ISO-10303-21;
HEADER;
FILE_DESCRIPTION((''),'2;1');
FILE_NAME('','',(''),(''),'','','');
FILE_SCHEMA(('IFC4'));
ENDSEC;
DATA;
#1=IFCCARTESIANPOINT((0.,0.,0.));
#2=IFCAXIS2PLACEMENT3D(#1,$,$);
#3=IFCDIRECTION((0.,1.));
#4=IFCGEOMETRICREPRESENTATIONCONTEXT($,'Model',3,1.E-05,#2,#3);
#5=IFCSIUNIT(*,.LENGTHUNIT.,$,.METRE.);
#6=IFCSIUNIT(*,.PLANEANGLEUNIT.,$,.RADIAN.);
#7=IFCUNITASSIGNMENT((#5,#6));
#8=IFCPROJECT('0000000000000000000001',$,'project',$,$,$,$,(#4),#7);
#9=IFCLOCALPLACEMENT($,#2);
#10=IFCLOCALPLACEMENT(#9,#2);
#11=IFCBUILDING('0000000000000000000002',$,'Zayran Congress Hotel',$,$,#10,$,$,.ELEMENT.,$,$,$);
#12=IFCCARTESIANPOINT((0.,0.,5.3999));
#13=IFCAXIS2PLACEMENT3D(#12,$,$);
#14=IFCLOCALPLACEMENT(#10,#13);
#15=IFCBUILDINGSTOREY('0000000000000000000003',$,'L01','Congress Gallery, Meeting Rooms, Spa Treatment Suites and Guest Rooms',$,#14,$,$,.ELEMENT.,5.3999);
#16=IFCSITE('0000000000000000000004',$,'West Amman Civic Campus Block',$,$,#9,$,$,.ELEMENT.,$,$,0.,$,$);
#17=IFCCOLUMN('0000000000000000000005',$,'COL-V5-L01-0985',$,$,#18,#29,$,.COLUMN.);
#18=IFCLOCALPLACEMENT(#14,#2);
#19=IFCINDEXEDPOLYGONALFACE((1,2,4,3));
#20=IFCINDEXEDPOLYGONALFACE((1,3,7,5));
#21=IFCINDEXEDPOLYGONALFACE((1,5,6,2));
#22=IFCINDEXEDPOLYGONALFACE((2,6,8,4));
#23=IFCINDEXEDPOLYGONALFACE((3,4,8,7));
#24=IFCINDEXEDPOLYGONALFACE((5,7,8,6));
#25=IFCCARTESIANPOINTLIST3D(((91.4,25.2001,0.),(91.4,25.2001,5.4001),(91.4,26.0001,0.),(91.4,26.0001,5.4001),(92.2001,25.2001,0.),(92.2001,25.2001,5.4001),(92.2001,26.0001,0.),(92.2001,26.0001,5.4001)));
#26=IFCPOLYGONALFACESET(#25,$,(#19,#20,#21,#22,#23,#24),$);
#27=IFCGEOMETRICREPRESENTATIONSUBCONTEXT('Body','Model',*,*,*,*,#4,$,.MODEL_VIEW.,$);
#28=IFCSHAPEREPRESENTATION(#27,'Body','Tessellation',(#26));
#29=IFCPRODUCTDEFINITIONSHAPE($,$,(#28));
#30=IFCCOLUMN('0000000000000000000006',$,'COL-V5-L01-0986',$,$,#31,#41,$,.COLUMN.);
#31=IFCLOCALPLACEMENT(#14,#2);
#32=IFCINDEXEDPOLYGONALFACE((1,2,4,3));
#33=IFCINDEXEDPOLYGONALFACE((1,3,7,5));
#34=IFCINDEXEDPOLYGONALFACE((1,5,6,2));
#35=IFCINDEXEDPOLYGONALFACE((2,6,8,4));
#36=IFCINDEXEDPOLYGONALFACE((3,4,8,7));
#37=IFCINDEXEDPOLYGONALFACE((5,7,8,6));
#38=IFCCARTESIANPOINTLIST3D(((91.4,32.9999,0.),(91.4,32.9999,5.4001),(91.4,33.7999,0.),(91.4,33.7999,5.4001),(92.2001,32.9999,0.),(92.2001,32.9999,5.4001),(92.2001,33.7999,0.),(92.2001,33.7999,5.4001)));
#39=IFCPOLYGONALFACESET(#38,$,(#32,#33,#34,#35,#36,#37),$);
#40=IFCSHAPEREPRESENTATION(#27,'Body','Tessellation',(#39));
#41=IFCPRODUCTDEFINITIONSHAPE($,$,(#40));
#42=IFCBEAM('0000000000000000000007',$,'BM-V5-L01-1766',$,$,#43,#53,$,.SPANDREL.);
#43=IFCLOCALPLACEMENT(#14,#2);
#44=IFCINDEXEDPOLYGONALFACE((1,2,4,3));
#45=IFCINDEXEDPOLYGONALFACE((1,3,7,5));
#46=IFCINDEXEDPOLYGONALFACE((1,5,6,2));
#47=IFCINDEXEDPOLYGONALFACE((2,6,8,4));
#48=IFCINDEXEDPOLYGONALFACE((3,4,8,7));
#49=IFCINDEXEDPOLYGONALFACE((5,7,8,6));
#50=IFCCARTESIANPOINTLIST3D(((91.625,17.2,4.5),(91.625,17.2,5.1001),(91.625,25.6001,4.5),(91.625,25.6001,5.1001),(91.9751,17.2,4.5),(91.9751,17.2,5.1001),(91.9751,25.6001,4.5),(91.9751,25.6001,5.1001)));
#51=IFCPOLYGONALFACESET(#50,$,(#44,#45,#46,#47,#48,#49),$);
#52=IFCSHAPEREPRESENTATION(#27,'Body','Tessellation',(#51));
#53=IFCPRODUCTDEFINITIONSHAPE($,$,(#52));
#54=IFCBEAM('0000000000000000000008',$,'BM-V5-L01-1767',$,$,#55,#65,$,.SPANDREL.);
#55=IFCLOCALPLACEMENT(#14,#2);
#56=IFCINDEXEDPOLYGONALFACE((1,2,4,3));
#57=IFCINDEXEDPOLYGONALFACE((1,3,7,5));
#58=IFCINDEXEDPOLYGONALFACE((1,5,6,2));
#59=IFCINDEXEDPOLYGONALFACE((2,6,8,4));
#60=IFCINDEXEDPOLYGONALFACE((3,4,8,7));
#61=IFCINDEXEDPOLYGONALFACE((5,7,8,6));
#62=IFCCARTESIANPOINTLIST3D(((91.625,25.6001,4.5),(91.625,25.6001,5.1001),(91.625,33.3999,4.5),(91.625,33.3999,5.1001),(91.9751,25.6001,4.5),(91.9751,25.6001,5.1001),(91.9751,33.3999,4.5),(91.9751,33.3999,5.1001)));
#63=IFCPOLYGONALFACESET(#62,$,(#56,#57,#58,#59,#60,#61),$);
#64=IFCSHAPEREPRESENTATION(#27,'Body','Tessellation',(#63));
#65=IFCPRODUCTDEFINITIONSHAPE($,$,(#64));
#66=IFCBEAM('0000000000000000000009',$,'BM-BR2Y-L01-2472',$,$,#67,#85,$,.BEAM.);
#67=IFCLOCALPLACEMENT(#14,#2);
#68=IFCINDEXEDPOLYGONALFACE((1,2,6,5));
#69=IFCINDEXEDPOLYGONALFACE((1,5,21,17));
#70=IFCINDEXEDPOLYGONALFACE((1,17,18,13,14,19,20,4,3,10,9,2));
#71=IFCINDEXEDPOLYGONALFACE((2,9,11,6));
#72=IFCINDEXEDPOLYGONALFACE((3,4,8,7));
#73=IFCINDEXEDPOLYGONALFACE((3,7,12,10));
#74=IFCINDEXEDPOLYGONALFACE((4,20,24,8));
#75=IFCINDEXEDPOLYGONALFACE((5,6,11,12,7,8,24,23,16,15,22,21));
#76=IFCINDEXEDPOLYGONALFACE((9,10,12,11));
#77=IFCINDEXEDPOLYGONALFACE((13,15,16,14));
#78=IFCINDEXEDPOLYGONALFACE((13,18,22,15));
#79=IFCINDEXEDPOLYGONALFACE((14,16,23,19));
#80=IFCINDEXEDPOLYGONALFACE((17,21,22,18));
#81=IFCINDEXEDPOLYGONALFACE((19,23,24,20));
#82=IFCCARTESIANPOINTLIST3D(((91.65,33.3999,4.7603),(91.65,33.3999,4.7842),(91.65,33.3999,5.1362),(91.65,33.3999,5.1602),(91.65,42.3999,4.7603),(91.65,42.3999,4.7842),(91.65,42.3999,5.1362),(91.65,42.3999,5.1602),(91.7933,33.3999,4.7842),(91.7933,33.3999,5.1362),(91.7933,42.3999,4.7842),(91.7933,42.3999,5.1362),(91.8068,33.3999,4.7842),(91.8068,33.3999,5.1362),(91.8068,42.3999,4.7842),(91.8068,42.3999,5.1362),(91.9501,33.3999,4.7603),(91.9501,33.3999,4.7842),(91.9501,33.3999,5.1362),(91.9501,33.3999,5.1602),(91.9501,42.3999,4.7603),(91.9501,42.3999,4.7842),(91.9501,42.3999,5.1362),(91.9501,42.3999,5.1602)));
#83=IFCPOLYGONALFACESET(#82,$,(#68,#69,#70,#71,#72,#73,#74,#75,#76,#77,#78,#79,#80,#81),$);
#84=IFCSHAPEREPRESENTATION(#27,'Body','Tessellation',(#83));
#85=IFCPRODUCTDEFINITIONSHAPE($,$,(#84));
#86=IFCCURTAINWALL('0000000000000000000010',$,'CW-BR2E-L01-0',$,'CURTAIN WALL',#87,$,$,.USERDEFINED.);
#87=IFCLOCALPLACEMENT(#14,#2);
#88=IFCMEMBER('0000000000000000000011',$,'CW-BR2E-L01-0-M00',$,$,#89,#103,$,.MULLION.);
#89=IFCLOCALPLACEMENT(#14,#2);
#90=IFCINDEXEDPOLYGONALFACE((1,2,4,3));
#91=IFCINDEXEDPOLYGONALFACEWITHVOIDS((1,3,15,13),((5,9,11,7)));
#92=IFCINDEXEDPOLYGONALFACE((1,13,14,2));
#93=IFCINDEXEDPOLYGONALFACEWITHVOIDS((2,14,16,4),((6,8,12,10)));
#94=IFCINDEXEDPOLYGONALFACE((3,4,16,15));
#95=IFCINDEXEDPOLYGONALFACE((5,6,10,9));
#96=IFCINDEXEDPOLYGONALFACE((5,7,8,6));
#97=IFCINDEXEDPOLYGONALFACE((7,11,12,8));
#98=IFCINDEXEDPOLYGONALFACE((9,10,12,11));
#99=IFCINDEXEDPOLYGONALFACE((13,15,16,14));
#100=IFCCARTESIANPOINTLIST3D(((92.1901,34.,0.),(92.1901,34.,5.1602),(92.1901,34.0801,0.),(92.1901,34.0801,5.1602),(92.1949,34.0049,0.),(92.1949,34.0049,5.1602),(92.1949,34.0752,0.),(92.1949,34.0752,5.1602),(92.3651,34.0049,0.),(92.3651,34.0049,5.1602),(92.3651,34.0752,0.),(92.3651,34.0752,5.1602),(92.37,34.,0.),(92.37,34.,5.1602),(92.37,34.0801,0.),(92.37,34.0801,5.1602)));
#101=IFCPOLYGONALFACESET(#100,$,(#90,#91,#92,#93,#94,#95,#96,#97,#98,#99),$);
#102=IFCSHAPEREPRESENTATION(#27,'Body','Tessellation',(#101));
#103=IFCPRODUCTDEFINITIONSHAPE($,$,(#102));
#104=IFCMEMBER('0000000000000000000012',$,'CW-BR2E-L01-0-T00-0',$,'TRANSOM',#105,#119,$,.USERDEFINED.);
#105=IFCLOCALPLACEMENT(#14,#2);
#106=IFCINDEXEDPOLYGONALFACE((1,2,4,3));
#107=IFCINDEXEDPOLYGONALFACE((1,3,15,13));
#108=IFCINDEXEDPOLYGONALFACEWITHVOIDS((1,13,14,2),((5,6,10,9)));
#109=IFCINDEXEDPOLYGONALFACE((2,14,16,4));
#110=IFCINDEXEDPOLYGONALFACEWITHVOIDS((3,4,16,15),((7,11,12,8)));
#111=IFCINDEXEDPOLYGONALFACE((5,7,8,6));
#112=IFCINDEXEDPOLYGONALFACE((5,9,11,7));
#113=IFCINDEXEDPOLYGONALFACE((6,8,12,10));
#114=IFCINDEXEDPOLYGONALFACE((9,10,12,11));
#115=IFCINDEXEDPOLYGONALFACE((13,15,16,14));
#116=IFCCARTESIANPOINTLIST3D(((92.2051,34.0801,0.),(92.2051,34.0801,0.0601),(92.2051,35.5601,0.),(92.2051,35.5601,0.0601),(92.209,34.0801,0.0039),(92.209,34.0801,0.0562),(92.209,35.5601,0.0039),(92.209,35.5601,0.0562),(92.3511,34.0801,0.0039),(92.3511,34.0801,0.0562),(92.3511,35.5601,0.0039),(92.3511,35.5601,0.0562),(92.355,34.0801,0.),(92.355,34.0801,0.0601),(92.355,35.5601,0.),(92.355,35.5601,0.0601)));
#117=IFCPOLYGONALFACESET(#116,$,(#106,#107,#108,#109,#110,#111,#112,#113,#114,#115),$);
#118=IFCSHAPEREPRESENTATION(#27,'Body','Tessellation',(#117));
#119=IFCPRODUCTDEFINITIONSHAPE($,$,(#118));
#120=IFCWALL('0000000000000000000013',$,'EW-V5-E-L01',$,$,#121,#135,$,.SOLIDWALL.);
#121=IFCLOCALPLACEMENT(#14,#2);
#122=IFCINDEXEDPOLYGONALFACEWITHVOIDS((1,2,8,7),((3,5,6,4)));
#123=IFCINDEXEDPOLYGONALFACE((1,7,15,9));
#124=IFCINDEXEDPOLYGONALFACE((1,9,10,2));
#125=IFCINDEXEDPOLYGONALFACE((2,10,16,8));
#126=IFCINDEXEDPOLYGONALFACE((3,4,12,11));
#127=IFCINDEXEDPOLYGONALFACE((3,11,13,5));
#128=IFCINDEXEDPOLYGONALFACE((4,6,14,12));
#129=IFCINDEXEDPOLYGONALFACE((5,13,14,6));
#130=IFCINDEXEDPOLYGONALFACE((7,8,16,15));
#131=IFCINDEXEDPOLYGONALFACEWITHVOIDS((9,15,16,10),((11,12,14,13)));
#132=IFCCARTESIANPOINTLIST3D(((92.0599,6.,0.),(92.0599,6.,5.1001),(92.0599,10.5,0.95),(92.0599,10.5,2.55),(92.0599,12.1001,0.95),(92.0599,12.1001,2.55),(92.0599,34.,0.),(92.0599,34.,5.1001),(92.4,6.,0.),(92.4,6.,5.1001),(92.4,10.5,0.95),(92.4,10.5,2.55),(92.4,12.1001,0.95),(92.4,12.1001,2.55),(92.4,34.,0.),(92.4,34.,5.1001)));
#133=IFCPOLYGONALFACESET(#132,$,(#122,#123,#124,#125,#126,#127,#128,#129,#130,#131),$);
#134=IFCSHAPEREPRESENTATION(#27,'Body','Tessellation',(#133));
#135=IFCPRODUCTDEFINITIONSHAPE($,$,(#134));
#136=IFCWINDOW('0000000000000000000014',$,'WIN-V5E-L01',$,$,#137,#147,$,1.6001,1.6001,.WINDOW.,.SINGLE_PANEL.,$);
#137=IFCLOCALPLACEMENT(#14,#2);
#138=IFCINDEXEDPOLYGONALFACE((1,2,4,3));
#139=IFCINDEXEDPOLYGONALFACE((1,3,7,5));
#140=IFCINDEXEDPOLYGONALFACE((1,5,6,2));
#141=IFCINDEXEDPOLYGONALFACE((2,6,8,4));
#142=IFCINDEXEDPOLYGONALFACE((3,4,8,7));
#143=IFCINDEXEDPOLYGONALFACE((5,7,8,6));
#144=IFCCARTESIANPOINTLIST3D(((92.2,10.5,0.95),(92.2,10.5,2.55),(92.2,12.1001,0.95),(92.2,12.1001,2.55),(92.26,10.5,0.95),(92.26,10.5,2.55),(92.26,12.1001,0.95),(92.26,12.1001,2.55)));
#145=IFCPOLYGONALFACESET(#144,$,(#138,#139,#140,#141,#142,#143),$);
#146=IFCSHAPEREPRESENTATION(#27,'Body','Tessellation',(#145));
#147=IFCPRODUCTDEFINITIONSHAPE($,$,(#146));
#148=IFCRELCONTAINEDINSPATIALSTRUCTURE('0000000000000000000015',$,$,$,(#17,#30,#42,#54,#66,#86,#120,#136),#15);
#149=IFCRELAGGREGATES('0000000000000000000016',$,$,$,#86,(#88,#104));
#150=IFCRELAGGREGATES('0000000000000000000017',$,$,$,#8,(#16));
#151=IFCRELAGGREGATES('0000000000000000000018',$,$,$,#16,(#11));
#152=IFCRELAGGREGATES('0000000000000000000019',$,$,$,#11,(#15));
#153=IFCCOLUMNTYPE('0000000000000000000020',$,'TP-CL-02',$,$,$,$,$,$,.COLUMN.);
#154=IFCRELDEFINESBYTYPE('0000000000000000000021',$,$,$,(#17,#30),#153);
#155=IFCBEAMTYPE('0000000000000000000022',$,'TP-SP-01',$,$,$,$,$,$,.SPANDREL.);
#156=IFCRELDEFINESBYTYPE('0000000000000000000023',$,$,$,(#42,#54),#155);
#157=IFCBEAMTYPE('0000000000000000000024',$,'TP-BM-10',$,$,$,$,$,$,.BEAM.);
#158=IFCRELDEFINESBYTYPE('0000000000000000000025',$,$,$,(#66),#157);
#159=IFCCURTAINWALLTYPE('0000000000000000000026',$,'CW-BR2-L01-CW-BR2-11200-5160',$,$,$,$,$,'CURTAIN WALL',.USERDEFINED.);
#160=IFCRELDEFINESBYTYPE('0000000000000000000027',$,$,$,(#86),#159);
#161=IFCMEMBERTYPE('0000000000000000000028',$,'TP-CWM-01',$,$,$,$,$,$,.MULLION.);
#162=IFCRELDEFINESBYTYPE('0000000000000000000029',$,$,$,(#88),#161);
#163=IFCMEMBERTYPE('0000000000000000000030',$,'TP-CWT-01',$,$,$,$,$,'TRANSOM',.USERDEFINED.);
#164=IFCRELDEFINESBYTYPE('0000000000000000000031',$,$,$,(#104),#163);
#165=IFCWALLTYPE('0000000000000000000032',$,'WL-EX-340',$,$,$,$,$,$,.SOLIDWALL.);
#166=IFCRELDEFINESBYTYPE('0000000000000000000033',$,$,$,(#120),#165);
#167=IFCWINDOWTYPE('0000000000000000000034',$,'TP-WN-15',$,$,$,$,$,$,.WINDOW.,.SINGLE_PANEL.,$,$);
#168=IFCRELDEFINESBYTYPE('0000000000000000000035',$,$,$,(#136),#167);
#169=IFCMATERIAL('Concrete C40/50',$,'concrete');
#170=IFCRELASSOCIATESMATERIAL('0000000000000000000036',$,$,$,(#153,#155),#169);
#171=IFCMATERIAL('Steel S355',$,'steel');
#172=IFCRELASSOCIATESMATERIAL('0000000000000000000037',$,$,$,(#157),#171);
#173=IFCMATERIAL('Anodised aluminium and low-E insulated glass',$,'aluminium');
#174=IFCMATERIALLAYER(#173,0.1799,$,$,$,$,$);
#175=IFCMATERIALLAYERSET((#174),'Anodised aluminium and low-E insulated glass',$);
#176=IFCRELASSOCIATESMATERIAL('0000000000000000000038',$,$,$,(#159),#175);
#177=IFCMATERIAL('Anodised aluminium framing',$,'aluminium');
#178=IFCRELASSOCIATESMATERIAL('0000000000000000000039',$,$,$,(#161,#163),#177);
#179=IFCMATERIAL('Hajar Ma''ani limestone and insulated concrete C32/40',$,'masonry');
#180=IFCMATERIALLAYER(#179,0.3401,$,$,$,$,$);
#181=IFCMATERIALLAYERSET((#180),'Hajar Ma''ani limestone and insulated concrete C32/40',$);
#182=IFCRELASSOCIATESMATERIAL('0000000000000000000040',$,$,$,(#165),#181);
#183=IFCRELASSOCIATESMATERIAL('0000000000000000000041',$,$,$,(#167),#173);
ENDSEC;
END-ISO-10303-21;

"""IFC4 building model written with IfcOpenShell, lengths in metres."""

from ifc_helpers import new_model, si_unit, direction, frame, frame_2d, origin, origin_2d, place, context, subcontext, project, spatial, rectangle, hollow_rectangle, i_section, extrude, material, layer, layer_set, material_profile, profile_set, type_object, element, fill, aggregate, save


model = new_model("IFC4")

# Units and contexts
model_context = context("Model", 3, precision=1e-05, world=origin(), true_north=direction((0.0, 1.0)))
body_context = subcontext(model_context, "Body", "Model", "MODEL_VIEW")
ifc_project = project(units=[si_unit("LENGTHUNIT", "METRE"), si_unit("PLANEANGLEUNIT", "RADIAN")], contexts=[model_context])

# Site, building, storey
site_placement = place(None, origin())
site = spatial("IfcSite", under=ifc_project, at=site_placement, Name="West Amman Civic Campus Block", CompositionType="ELEMENT", RefElevation=0.0)
building_placement = place(site_placement, origin())
building = spatial("IfcBuilding", under=site, at=building_placement, Name="Zayran Congress Hotel", CompositionType="ELEMENT")
storey_placement = place(building_placement, frame((0.0, 0.0, 5.3999)))
storey = spatial("IfcBuildingStorey", under=building, at=storey_placement, Name="L01", Description="Congress Gallery, Meeting Rooms, Spa Treatment Suites and Guest Rooms", CompositionType="ELEMENT", Elevation=5.3999)

# Columns
ifc_material_1 = material(Name="Concrete C40/50", Category="concrete")
ifc_material_profile_1 = material_profile(ifc_material_1, rectangle(XDim=0.8, YDim=0.8, at=origin_2d()), Name="RC 800x800")
ifc_profile_set_1 = profile_set([ifc_material_profile_1], Name="Concrete C40/50")
column_type = type_object("IfcColumnType", Name="TP-CL-02", PredefinedType="COLUMN", material=ifc_profile_set_1)
for number, where, z_axis, x_axis, name in (
    (1, (91.8, 25.6001, 0.0), (0.0, 0.0, 1.0), (1.0, 0.0, 0.0), "COL-V5-L01-0985"),
    (2, (91.8, 33.3999, 0.0), (0.0, 0.0, 1.0), (1.0, 0.0, 0.0), "COL-V5-L01-0986"),
):
    element("IfcColumn", number, at=place(storey_placement, frame(where, z_axis=z_axis, x_axis=x_axis)), inside=storey, type_object=column_type, Name=name, PredefinedType="COLUMN", context=body_context, shape_type="SweptSolid", body=[
        extrude(rectangle(XDim=0.8, YDim=0.8, at=origin_2d()), origin(), (0.0, 0.0, 1.0), 5.4001),
    ])

# Beams
ifc_material_profile_2 = material_profile(ifc_material_1, rectangle(XDim=0.3501, YDim=0.6001, at=origin_2d()), Name="RC 350x600")
ifc_profile_set_2 = profile_set([ifc_material_profile_2], Name="Concrete C40/50")
beam_type_1 = type_object("IfcBeamType", Name="TP-SP-01", PredefinedType="SPANDREL", material=ifc_profile_set_2)
beam_1_placement = place(storey_placement, frame((91.8, 17.2, 4.8), z_axis=(0.0, 1.0, 0.0), x_axis=(-1.0, 0.0, 0.0)))
element("IfcBeam", 3, at=beam_1_placement, inside=storey, type_object=beam_type_1, Name="BM-V5-L01-1766", PredefinedType="SPANDREL", context=body_context, shape_type="SweptSolid", body=[
    extrude(rectangle(XDim=0.3501, YDim=0.6001, at=origin_2d()), origin(), (0.0, 0.0, 1.0), 8.4001),
])
beam_2_placement = place(storey_placement, frame((91.8, 25.6001, 4.8), z_axis=(0.0, 1.0, 0.0), x_axis=(-1.0, 0.0, 0.0)))
element("IfcBeam", 4, at=beam_2_placement, inside=storey, type_object=beam_type_1, Name="BM-V5-L01-1767", PredefinedType="SPANDREL", context=body_context, shape_type="SweptSolid", body=[
    extrude(rectangle(XDim=0.3501, YDim=0.6001, at=origin_2d()), origin(), (0.0, 0.0, 1.0), 7.7998),
])
ifc_material_2 = material(Name="Steel S355", Category="steel")
ifc_material_profile_3 = material_profile(ifc_material_2, i_section(OverallWidth=0.3, OverallDepth=0.3999, WebThickness=0.0134, FlangeThickness=0.0239, at=origin_2d()), Name="HEB 400")
ifc_profile_set_3 = profile_set([ifc_material_profile_3], Name="Steel S355")
beam_type_2 = type_object("IfcBeamType", Name="TP-BM-10", PredefinedType="BEAM", material=ifc_profile_set_3)
beam_3_placement = place(storey_placement, frame((91.8, 33.3999, 4.9602), z_axis=(0.0, 1.0, 0.0), x_axis=(-1.0, 0.0, 0.0)))
element("IfcBeam", 5, at=beam_3_placement, inside=storey, type_object=beam_type_2, Name="BM-BR2Y-L01-2472", PredefinedType="BEAM", context=body_context, shape_type="SweptSolid", body=[
    extrude(i_section(OverallWidth=0.3, OverallDepth=0.3999, WebThickness=0.0134, FlangeThickness=0.0239, at=origin_2d()), origin(), (0.0, 0.0, 1.0), 9.0),
])

# Curtain wall, members
ifc_material_3 = material(Name="Anodised aluminium and low-E insulated glass", Category="aluminium")
ifc_layer_1 = layer(ifc_material_3, 0.1799)
ifc_layer_set_1 = layer_set([ifc_layer_1], Name="Anodised aluminium and low-E insulated glass")
curtain_wall_type = type_object("IfcCurtainWallType", Name="CW-BR2-L01-CW-BR2-11200-5160", ElementType="CURTAIN WALL", PredefinedType="USERDEFINED", material=ifc_layer_set_1)
curtain_wall_placement = place(storey_placement, origin())
curtain_wall = element("IfcCurtainWall", 6, at=curtain_wall_placement, inside=storey, type_object=curtain_wall_type, Name="CW-BR2E-L01-0", ObjectType="CURTAIN WALL", PredefinedType="USERDEFINED")
ifc_material_4 = material(Name="Anodised aluminium framing", Category="aluminium")
ifc_material_profile_4 = material_profile(ifc_material_4, hollow_rectangle(XDim=0.0801, YDim=0.1799, WallThickness=0.0049, at=origin_2d()), Name="RHS 180x80x5")
ifc_profile_set_4 = profile_set([ifc_material_profile_4], Name="Anodised aluminium framing")
member_type_1 = type_object("IfcMemberType", Name="TP-CWM-01", PredefinedType="MULLION", material=ifc_profile_set_4)
member_1_placement = place(storey_placement, frame((92.28, 34.04, 0.0), z_axis=(0.0, 0.0, 1.0), x_axis=(0.0, 1.0, 0.0)))
member_1 = element("IfcMember", 7, at=member_1_placement, type_object=member_type_1, Name="CW-BR2E-L01-0-M00", PredefinedType="MULLION", context=body_context, shape_type="SweptSolid", body=[
    extrude(hollow_rectangle(XDim=0.0801, YDim=0.1799, WallThickness=0.0049, at=origin_2d()), origin(), (0.0, 0.0, 1.0), 5.1602),
])
ifc_material_profile_5 = material_profile(ifc_material_4, hollow_rectangle(XDim=0.0601, YDim=0.1499, WallThickness=0.0039, at=origin_2d()), Name="RHS 150x60x4")
ifc_profile_set_5 = profile_set([ifc_material_profile_5], Name="Anodised aluminium framing")
member_type_2 = type_object("IfcMemberType", Name="TP-CWT-01", ElementType="TRANSOM", PredefinedType="USERDEFINED", material=ifc_profile_set_5)
member_2_placement = place(storey_placement, frame((92.28, 34.0801, 0.03), z_axis=(0.0, 1.0, 0.0), x_axis=(0.0, 0.0, 1.0)))
member_2 = element("IfcMember", 8, at=member_2_placement, type_object=member_type_2, Name="CW-BR2E-L01-0-T00-0", ObjectType="TRANSOM", PredefinedType="USERDEFINED", context=body_context, shape_type="SweptSolid", body=[
    extrude(hollow_rectangle(XDim=0.0601, YDim=0.1499, WallThickness=0.0039, at=origin_2d()), origin(), (0.0, 0.0, 1.0), 1.48),
])
aggregate(curtain_wall, [member_1, member_2])

# Wall, opening, window
ifc_material_5 = material(Name="Hajar Ma'ani limestone and insulated concrete C32/40", Category="masonry")
ifc_layer_2 = layer(ifc_material_5, 0.3401)
ifc_layer_set_2 = layer_set([ifc_layer_2], Name="Hajar Ma'ani limestone and insulated concrete C32/40")
wall_type_1 = type_object("IfcWallType", Name="WL-EX-340", PredefinedType="SOLIDWALL", material=ifc_layer_set_2)
wall_1_placement = place(storey_placement, frame((92.23, 34.0, 0.0), z_axis=(0.0, 0.0, 1.0), x_axis=(0.0, -1.0, 0.0)))
wall_1 = element("IfcWall", 9, at=wall_1_placement, inside=storey, type_object=wall_type_1, Name="EW-V5-E-L01", PredefinedType="SOLIDWALL", context=body_context, shape_type="SweptSolid", body=[
    extrude(rectangle(XDim=28.0, YDim=0.3401, at=frame_2d((14.0, 0.0))), origin(), (0.0, 0.0, 1.0), 5.1001),
])
opening_1_placement = place(wall_1_placement, frame((21.8999, 0.0, 0.95)))
opening_1 = element("IfcOpeningElement", 10, at=opening_1_placement, cuts=wall_1, PredefinedType="OPENING", context=body_context, shape_type="SweptSolid", body=[
    extrude(rectangle(XDim=1.6001, YDim=1.6001, at=frame_2d((0.8, 0.8))), frame((0.0, 0.1799, 0.0), z_axis=(0.0, -1.0, 0.0), x_axis=(1.0, 0.0, 0.0)), (0.0, 0.0, 1.0), 0.3601),
])
window_type = type_object("IfcWindowType", Name="TP-WN-15", PartitioningType="SINGLE_PANEL", PredefinedType="WINDOW", material=ifc_material_3)
window_placement = place(opening_1_placement, origin())
window = element("IfcWindow", 11, at=window_placement, inside=storey, type_object=window_type, Name="WIN-V5E-L01", OverallHeight=1.6001, OverallWidth=1.6001, PartitioningType="SINGLE_PANEL", PredefinedType="WINDOW", context=body_context, shape_type="SweptSolid", body=[
    extrude(rectangle(XDim=1.6001, YDim=1.6001, at=frame_2d((0.8, 0.8))), frame((0.0, 0.03, 0.0), z_axis=(0.0, -1.0, 0.0), x_axis=(1.0, 0.0, 0.0)), (0.0, 0.0, 1.0), 0.0601),
])
fill(opening_1, window)

save(model, "model.ifc")
